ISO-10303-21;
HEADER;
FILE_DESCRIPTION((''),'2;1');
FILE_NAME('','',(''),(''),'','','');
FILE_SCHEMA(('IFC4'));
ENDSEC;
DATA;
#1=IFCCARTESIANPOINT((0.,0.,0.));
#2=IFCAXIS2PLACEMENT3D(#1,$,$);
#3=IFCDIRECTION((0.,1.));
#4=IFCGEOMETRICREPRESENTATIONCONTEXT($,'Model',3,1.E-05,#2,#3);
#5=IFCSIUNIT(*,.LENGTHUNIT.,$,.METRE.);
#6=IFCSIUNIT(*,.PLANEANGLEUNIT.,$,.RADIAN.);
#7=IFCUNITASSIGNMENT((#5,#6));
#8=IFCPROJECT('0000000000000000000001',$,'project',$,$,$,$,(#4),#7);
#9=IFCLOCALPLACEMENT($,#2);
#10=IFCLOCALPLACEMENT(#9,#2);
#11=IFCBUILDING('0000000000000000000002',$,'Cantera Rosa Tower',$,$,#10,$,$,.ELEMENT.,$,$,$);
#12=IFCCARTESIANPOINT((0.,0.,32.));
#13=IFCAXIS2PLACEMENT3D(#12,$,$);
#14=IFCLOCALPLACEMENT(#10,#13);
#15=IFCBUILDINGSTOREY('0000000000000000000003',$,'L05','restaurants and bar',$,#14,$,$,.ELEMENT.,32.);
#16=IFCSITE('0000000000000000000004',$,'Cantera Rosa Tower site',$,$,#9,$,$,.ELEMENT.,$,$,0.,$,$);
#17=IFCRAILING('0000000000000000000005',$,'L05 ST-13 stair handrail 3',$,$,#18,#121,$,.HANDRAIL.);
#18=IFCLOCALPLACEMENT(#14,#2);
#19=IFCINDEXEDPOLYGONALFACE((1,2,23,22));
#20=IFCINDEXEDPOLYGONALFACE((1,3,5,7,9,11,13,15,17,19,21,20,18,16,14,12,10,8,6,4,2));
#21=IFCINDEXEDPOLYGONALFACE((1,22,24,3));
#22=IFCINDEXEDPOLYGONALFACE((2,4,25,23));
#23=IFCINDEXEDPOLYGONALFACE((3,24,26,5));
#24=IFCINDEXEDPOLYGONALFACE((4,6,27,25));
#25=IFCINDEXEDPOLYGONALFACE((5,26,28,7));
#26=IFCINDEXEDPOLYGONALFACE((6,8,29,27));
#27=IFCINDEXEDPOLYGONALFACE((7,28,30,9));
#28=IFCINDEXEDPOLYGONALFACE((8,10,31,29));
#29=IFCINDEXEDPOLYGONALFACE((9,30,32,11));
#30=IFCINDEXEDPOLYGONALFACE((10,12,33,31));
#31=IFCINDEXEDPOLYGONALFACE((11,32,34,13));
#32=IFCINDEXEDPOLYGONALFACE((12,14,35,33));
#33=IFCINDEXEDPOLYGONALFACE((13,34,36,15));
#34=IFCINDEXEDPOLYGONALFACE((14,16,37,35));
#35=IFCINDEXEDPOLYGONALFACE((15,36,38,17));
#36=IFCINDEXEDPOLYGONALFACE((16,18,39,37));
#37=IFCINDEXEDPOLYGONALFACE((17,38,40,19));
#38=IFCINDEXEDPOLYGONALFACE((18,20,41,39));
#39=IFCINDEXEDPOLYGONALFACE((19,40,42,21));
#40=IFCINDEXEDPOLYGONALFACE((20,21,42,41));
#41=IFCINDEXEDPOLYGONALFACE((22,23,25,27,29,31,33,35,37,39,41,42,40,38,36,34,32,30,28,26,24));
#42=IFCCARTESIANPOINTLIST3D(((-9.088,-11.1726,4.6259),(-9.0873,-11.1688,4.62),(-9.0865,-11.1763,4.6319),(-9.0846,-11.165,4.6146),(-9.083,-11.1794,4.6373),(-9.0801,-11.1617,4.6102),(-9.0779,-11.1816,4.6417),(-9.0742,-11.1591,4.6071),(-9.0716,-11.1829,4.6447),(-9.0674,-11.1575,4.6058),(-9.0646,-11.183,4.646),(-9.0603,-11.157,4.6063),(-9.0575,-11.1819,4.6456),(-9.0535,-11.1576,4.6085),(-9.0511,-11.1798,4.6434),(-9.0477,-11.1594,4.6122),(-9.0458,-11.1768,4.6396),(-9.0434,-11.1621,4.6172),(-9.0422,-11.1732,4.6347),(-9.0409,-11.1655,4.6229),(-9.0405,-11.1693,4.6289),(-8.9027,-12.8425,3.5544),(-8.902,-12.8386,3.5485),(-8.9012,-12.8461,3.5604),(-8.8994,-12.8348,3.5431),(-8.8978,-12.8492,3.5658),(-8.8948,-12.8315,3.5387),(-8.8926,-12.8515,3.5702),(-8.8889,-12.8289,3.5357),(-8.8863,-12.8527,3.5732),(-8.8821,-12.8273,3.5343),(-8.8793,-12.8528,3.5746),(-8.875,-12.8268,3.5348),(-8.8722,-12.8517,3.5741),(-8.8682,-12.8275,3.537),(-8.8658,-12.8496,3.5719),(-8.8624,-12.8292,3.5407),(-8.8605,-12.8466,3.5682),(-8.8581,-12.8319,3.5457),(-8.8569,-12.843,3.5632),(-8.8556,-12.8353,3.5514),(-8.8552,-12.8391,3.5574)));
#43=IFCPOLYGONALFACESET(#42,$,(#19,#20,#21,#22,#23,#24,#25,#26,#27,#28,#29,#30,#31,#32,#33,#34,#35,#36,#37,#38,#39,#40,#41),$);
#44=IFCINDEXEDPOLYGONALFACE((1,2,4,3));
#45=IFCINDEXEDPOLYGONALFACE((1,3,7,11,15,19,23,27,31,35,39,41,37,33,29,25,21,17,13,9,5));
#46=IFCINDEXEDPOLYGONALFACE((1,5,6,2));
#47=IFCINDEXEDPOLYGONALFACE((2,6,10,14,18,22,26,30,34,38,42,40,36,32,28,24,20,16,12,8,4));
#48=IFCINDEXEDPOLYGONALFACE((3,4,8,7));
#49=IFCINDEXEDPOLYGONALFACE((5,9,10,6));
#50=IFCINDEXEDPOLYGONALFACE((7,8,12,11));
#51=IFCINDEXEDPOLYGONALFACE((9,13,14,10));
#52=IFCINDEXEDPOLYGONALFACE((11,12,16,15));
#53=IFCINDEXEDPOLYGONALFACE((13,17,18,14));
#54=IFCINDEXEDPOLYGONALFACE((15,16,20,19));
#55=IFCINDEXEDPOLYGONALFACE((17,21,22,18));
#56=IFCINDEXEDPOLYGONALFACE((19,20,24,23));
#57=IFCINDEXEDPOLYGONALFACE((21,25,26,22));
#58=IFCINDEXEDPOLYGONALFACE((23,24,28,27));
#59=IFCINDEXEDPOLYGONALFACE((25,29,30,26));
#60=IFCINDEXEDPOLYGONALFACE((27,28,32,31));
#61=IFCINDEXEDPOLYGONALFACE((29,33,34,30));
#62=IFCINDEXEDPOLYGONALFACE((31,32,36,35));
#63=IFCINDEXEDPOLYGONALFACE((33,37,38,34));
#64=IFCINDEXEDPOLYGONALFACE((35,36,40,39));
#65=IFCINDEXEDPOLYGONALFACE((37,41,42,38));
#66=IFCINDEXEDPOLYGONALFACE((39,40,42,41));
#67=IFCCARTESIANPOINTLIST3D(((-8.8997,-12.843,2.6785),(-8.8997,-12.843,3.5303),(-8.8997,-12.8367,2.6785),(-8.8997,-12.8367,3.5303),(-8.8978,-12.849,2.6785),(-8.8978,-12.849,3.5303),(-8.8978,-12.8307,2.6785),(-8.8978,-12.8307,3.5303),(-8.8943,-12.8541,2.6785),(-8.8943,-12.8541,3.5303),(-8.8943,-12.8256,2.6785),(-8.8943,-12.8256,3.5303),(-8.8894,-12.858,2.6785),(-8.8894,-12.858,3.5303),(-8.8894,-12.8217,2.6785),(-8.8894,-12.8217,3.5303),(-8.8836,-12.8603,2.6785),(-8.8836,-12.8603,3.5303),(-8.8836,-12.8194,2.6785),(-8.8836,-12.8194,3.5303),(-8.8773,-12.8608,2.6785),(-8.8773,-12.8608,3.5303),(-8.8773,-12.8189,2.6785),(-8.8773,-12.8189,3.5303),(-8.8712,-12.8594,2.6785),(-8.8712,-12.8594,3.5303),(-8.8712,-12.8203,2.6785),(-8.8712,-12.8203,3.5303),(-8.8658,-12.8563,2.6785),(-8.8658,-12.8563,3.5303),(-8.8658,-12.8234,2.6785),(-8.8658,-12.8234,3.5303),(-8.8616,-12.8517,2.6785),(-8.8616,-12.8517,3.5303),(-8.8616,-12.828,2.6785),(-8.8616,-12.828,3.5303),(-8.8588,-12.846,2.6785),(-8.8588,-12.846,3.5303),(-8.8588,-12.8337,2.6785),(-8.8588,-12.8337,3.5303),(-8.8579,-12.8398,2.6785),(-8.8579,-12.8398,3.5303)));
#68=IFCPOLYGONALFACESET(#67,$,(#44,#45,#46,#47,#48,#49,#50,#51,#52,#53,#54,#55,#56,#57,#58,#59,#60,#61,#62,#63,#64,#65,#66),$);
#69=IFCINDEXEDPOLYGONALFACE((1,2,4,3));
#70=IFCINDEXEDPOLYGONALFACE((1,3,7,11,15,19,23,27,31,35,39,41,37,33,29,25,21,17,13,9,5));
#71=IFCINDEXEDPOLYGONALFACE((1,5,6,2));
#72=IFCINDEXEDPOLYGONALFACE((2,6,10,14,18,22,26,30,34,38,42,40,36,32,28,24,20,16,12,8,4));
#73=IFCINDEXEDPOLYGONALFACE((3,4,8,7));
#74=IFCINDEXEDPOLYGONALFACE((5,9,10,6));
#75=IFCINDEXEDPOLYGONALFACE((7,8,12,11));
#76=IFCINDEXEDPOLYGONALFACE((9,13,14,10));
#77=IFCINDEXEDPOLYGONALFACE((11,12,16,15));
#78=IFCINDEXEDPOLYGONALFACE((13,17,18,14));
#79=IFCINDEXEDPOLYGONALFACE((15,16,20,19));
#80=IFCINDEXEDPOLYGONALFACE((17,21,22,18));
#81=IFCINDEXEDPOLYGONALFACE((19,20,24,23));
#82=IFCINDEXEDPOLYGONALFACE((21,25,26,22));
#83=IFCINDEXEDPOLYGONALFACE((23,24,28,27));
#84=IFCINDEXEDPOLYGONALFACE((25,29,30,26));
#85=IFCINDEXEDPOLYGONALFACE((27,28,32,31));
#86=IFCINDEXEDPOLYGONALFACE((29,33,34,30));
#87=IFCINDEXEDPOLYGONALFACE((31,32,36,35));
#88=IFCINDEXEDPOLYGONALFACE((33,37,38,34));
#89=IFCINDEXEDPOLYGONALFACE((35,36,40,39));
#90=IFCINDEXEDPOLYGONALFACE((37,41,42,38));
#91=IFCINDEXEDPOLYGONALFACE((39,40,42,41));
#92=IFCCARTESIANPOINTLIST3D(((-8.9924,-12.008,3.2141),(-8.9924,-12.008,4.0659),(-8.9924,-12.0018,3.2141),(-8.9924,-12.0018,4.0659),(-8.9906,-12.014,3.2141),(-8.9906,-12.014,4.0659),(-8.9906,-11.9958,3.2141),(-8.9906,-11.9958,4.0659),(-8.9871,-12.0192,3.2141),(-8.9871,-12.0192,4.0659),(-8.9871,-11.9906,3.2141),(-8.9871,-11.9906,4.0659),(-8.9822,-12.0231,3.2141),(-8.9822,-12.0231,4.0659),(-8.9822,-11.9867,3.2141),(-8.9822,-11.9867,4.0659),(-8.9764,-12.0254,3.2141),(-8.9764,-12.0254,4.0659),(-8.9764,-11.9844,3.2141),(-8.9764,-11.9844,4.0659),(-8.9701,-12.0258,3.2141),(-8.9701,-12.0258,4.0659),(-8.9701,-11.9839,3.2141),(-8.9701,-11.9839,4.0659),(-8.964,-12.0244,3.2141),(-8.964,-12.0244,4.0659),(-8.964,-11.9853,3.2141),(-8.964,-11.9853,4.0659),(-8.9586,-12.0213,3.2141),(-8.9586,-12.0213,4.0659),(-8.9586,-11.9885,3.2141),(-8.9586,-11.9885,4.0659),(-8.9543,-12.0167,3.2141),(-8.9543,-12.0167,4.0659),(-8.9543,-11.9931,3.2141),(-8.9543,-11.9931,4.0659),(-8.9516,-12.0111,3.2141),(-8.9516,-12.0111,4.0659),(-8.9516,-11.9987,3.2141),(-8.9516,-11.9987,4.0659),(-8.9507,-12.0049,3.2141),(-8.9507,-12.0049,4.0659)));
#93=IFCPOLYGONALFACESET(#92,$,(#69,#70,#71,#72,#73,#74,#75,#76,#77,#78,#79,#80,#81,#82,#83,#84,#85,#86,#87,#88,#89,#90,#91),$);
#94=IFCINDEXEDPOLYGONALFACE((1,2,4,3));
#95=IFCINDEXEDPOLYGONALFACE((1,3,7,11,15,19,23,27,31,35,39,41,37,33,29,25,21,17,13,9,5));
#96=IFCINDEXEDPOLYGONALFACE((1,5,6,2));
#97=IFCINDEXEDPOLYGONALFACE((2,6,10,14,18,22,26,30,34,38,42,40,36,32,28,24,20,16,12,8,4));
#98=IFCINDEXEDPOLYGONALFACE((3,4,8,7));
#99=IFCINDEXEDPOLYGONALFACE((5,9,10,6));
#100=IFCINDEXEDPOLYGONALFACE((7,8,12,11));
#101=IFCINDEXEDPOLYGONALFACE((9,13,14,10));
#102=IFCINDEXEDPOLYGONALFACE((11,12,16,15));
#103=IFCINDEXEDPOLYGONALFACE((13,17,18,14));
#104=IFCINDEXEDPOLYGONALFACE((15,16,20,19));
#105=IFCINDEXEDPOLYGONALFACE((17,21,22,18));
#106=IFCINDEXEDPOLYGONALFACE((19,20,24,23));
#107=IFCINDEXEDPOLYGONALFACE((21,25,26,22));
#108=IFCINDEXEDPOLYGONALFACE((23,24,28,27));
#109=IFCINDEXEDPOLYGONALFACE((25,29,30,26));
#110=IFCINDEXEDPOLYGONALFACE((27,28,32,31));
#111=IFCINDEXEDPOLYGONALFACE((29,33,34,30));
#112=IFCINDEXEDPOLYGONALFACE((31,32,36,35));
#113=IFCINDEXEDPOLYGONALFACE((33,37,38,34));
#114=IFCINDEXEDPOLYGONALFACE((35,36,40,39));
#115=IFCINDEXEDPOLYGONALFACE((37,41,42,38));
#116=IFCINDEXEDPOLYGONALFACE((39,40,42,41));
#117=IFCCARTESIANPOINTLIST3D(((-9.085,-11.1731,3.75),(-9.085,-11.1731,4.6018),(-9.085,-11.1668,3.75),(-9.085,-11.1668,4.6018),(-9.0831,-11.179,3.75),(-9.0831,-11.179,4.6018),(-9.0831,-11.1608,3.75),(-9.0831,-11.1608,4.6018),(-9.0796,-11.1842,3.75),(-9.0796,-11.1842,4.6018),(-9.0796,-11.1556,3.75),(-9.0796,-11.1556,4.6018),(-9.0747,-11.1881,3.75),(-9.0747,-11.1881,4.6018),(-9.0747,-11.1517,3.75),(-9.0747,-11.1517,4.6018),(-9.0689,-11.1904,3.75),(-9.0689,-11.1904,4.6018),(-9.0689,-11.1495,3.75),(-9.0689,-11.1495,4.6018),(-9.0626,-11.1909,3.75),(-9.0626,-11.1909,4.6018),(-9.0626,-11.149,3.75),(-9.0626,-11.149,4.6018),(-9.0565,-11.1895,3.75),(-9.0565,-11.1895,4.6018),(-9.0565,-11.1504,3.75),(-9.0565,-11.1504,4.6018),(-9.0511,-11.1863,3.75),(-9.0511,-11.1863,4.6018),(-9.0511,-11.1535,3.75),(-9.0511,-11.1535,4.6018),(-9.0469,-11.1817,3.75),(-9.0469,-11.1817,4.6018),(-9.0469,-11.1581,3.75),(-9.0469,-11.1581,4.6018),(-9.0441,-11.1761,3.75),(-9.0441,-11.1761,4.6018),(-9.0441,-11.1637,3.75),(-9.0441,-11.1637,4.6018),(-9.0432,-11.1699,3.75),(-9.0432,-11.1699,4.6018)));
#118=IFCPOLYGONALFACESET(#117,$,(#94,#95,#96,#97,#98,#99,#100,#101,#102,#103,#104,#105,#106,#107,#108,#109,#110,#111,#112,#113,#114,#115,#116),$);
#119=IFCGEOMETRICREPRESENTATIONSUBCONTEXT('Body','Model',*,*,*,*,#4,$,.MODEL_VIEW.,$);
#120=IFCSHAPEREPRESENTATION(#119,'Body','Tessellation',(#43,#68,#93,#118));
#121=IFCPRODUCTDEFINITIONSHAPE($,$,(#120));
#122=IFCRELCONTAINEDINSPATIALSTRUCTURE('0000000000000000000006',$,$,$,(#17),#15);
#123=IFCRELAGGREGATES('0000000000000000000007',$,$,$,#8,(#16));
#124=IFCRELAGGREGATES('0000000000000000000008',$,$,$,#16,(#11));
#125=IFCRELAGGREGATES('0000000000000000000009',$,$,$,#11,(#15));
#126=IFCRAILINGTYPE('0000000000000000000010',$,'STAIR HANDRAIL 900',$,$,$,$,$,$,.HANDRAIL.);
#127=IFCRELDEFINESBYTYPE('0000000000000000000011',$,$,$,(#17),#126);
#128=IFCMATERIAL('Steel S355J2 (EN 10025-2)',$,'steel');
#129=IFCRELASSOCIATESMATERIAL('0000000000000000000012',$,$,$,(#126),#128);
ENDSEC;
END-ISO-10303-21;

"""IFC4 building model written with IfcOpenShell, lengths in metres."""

from ifc_helpers import new_model, si_unit, direction, frame, origin, origin_2d, place, context, subcontext, project, spatial, circle, extrude, material, type_object, element, save


model = new_model("IFC4")

# Units and contexts
model_context = context("Model", 3, precision=1e-05, world=origin(), true_north=direction((0.0, 1.0)))
body_context = subcontext(model_context, "Body", "Model", "MODEL_VIEW")
ifc_project = project(units=[si_unit("LENGTHUNIT", "METRE"), si_unit("PLANEANGLEUNIT", "RADIAN")], contexts=[model_context])

# Site, building, storey
site_placement = place(None, origin())
site = spatial("IfcSite", under=ifc_project, at=site_placement, Name="Cantera Rosa Tower site", CompositionType="ELEMENT", RefElevation=0.0)
building_placement = place(site_placement, origin())
building = spatial("IfcBuilding", under=site, at=building_placement, Name="Cantera Rosa Tower", CompositionType="ELEMENT")
storey_placement = place(building_placement, frame((0.0, 0.0, 32.0)))
storey = spatial("IfcBuildingStorey", under=building, at=storey_placement, Name="L05", Description="restaurants and bar", CompositionType="ELEMENT", Elevation=32.0)

# Railing
ifc_material_1 = material(Name="Steel S355J2 (EN 10025-2)", Category="steel")
railing_type_1 = type_object("IfcRailingType", Name="STAIR HANDRAIL 900", PredefinedType="HANDRAIL", material=ifc_material_1)
railing_1_placement = place(storey_placement, frame((-8.8789, -12.8398, 2.6785)))
element("IfcRailing", 1, at=railing_1_placement, inside=storey, type_object=railing_type_1, Name="L05 ST-13 stair handrail 3", PredefinedType="HANDRAIL", context=body_context, shape_type="SweptSolid", body=[
    extrude(circle(Radius=0.0239, at=origin_2d()), frame((0.0, 0.0, 0.876), z_axis=(-0.092987, 0.837987, 0.537709), x_axis=(-0.9939, -0.110288, 0.0)), (0.0, 0.0, 1.0), 1.9927),
    extrude(circle(Radius=0.021, at=origin_2d()), origin(), (0.0, 0.0, 1.0), 0.8518),
    extrude(circle(Radius=0.021, at=origin_2d()), frame((-0.0928, 0.835, 0.5356)), (0.0, 0.0, 1.0), 0.8518),
    extrude(circle(Radius=0.021, at=origin_2d()), frame((-0.1853, 1.6699, 1.0715)), (0.0, 0.0, 1.0), 0.8518),
])

save(model, "model.ifc")
